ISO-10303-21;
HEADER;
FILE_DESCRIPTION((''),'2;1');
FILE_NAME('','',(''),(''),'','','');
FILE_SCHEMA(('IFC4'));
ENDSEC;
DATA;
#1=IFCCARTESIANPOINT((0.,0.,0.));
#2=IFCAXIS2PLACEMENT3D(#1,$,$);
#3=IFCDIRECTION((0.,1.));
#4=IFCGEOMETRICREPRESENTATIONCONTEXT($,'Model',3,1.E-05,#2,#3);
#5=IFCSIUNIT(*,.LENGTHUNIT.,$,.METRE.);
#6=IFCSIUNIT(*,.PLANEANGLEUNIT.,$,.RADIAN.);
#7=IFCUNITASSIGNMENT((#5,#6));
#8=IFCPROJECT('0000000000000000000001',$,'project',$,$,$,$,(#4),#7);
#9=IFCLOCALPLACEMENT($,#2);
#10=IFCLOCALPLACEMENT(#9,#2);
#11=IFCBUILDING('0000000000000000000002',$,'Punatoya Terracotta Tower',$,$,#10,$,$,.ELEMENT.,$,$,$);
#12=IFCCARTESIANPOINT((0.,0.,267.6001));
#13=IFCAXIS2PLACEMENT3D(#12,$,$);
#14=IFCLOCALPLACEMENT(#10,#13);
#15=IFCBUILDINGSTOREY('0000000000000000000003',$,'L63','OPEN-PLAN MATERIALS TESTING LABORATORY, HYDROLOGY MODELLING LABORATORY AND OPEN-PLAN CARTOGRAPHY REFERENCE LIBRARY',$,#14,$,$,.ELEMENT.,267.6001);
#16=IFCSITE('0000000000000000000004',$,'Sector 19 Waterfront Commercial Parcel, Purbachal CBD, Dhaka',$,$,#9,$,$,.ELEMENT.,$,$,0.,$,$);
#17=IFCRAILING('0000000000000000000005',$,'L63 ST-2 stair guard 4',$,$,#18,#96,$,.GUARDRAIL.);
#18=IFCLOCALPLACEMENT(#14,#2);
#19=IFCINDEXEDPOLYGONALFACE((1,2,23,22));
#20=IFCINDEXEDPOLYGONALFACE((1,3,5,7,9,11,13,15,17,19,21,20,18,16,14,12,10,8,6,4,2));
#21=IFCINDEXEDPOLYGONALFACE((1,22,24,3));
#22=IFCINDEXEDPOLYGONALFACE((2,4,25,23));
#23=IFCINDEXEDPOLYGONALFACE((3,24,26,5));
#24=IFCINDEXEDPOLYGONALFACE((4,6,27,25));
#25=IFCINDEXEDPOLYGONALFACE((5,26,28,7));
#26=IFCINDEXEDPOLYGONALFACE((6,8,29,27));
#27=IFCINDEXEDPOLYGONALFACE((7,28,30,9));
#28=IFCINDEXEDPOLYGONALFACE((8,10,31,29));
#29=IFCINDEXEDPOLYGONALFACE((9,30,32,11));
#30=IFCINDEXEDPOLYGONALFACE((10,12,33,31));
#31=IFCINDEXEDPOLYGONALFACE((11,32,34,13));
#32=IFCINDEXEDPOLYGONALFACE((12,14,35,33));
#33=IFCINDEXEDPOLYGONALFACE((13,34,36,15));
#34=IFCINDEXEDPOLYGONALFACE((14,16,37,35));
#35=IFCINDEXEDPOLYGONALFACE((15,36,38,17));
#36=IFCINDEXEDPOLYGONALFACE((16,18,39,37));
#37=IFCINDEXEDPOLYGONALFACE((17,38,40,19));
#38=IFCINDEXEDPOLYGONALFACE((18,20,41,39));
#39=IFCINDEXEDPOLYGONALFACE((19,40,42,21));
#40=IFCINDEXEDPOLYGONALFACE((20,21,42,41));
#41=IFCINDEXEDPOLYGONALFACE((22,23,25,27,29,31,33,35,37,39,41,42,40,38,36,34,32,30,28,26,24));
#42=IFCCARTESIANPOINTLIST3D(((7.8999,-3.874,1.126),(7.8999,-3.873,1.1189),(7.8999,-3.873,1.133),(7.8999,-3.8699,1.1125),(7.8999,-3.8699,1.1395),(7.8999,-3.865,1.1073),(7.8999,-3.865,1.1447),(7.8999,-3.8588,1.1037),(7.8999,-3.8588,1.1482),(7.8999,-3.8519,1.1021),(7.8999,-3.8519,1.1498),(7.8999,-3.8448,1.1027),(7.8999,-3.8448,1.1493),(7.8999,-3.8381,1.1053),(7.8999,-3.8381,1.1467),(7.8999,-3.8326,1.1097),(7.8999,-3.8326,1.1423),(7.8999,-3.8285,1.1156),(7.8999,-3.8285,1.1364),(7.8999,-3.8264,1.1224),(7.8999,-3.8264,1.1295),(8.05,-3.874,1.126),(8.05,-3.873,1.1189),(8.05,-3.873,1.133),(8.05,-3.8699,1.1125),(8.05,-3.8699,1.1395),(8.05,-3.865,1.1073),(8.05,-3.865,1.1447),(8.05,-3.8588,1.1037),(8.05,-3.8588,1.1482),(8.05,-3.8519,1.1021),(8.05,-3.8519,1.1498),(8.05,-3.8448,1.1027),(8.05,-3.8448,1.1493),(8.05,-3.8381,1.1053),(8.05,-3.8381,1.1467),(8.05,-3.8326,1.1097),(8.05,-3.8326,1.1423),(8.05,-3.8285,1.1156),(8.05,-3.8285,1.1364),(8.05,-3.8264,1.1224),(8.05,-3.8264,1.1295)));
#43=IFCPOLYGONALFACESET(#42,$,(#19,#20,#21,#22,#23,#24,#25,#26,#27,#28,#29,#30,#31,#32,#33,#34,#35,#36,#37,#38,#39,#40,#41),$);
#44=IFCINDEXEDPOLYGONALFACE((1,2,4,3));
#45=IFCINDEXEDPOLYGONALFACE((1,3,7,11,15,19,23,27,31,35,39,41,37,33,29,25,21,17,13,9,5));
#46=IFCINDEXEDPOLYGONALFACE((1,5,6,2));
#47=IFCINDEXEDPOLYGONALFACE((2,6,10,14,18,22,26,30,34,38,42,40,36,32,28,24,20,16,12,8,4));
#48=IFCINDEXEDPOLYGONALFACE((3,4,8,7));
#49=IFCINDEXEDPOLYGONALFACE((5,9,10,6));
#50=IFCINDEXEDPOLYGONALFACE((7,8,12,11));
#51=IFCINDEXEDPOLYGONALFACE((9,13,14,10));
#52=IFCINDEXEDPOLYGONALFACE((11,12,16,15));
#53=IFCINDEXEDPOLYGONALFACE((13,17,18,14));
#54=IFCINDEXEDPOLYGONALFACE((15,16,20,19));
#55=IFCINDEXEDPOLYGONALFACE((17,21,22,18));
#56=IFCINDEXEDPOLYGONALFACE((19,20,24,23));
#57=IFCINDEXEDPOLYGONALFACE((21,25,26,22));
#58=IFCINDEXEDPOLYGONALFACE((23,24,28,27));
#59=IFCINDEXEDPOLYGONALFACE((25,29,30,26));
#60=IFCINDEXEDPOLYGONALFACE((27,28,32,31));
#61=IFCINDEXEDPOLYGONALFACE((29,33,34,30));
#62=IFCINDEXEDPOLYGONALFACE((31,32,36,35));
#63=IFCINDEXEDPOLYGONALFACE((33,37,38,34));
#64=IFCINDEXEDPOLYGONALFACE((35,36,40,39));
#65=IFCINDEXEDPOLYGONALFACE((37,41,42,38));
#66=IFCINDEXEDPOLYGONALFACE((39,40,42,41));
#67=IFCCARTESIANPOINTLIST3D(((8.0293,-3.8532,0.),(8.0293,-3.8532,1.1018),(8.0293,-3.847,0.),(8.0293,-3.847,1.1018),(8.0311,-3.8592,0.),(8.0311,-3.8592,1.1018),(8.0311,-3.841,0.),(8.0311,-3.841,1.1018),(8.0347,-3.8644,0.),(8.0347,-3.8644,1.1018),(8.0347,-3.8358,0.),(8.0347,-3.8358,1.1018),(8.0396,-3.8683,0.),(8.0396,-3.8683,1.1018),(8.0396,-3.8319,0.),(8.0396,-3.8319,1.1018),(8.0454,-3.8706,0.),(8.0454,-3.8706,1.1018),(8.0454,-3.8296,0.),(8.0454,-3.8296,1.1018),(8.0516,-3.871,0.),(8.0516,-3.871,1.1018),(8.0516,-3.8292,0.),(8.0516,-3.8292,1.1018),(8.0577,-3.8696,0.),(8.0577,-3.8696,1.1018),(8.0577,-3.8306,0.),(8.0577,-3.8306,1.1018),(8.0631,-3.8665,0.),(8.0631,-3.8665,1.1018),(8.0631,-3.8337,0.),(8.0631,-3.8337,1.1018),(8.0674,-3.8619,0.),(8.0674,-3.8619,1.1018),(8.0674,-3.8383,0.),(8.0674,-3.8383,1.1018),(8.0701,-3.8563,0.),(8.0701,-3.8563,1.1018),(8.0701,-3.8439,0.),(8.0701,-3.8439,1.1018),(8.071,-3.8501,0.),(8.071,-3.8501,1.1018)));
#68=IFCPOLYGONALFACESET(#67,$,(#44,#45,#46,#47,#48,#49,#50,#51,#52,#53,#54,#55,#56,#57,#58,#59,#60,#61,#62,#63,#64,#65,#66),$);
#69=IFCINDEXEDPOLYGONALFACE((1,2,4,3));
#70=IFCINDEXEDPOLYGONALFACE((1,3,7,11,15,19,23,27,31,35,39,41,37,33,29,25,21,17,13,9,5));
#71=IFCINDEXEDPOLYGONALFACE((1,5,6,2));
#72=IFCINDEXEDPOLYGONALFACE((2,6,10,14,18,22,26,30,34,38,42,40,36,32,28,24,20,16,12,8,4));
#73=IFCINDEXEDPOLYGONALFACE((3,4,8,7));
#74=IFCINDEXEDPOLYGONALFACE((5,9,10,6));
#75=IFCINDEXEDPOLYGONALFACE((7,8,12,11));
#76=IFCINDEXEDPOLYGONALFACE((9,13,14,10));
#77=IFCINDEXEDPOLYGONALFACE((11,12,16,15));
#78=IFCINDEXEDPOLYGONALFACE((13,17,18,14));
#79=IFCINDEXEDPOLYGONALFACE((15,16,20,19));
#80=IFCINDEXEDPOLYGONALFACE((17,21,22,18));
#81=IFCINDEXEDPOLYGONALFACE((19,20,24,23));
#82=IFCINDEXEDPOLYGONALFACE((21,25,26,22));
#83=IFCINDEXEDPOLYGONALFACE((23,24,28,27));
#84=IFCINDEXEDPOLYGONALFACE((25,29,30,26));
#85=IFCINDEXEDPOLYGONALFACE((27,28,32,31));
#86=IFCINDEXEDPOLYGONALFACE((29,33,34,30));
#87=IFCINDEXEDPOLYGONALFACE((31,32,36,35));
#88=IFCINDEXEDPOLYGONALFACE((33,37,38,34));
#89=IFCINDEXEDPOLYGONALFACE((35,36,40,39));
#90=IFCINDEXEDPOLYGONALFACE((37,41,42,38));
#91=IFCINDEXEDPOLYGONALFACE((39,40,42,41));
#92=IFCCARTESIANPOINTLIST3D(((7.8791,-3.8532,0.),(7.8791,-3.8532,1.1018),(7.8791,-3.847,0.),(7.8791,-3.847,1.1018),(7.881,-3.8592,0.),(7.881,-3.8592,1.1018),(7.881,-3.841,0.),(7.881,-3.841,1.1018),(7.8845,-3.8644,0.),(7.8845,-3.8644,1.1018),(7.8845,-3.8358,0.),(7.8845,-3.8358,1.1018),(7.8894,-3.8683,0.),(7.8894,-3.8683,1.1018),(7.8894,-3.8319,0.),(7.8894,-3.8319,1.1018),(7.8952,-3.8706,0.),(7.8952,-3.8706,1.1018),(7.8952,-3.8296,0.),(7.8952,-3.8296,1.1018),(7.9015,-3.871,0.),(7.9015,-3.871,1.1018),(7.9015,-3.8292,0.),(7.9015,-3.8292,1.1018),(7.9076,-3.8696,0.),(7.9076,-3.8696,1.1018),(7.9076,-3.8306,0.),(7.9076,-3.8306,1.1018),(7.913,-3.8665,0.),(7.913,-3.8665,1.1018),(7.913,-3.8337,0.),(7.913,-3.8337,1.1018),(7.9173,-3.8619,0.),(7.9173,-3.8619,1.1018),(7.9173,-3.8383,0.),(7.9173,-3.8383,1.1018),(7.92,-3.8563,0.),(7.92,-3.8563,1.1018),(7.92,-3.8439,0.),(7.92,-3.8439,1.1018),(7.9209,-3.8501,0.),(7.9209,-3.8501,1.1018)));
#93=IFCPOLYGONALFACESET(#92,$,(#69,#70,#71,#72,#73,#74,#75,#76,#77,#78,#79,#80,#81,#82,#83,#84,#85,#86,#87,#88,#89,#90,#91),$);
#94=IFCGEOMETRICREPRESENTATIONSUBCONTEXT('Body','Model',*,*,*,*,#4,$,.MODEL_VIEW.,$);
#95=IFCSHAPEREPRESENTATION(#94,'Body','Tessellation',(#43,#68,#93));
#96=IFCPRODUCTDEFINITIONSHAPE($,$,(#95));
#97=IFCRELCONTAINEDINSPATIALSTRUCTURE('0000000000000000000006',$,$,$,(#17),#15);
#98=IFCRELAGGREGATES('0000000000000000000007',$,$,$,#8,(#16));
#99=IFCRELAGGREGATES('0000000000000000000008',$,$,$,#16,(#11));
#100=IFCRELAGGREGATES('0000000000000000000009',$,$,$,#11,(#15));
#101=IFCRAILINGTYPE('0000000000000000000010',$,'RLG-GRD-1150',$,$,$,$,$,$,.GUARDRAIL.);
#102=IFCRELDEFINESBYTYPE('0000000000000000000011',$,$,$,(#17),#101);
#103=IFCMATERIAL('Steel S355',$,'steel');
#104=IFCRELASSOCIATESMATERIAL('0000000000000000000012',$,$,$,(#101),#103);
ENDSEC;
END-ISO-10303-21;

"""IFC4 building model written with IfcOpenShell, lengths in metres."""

from ifc_helpers import new_model, si_unit, direction, frame, origin, origin_2d, place, context, subcontext, project, spatial, circle, extrude, material, type_object, element, save


model = new_model("IFC4")

# Units and contexts
model_context = context("Model", 3, precision=1e-05, world=origin(), true_north=direction((0.0, 1.0)))
body_context = subcontext(model_context, "Body", "Model", "MODEL_VIEW")
ifc_project = project(units=[si_unit("LENGTHUNIT", "METRE"), si_unit("PLANEANGLEUNIT", "RADIAN")], contexts=[model_context])

# Site, building, storey
site_placement = place(None, origin())
site = spatial("IfcSite", under=ifc_project, at=site_placement, Name="Sector 19 Waterfront Commercial Parcel, Purbachal CBD, Dhaka", CompositionType="ELEMENT", RefElevation=0.0)
building_placement = place(site_placement, origin())
building = spatial("IfcBuilding", under=site, at=building_placement, Name="Punatoya Terracotta Tower", CompositionType="ELEMENT")
storey_placement = place(building_placement, frame((0.0, 0.0, 267.6001)))
storey = spatial("IfcBuildingStorey", under=building, at=storey_placement, Name="L63", Description="OPEN-PLAN MATERIALS TESTING LABORATORY, HYDROLOGY MODELLING LABORATORY AND OPEN-PLAN CARTOGRAPHY REFERENCE LIBRARY", CompositionType="ELEMENT", Elevation=267.6001)

# Shared definitions
ifc_material_1 = material(Name="Steel S355", Category="steel")

# Railing
railing_type_1 = type_object("IfcRailingType", Name="RLG-GRD-1150", PredefinedType="GUARDRAIL", material=ifc_material_1)
railing_1_placement = place(storey_placement, frame((8.05, -3.8501, 0.0)))
element("IfcRailing", 1, at=railing_1_placement, inside=storey, type_object=railing_type_1, Name="L63 ST-2 stair guard 4", PredefinedType="GUARDRAIL", context=body_context, shape_type="SweptSolid", body=[
    extrude(circle(Radius=0.0239, at=origin_2d()), frame((0.0, 0.0, 1.126), z_axis=(-1.0, 0.0, 0.0), x_axis=(0.0, -1.0, 0.0)), (0.0, 0.0, 1.0), 0.1501),
    extrude(circle(Radius=0.021, at=origin_2d()), origin(), (0.0, 0.0, 1.0), 1.1018),
    extrude(circle(Radius=0.021, at=origin_2d()), frame((-0.1501, 0.0, 0.0)), (0.0, 0.0, 1.0), 1.1018),
])

save(model, "model.ifc")
